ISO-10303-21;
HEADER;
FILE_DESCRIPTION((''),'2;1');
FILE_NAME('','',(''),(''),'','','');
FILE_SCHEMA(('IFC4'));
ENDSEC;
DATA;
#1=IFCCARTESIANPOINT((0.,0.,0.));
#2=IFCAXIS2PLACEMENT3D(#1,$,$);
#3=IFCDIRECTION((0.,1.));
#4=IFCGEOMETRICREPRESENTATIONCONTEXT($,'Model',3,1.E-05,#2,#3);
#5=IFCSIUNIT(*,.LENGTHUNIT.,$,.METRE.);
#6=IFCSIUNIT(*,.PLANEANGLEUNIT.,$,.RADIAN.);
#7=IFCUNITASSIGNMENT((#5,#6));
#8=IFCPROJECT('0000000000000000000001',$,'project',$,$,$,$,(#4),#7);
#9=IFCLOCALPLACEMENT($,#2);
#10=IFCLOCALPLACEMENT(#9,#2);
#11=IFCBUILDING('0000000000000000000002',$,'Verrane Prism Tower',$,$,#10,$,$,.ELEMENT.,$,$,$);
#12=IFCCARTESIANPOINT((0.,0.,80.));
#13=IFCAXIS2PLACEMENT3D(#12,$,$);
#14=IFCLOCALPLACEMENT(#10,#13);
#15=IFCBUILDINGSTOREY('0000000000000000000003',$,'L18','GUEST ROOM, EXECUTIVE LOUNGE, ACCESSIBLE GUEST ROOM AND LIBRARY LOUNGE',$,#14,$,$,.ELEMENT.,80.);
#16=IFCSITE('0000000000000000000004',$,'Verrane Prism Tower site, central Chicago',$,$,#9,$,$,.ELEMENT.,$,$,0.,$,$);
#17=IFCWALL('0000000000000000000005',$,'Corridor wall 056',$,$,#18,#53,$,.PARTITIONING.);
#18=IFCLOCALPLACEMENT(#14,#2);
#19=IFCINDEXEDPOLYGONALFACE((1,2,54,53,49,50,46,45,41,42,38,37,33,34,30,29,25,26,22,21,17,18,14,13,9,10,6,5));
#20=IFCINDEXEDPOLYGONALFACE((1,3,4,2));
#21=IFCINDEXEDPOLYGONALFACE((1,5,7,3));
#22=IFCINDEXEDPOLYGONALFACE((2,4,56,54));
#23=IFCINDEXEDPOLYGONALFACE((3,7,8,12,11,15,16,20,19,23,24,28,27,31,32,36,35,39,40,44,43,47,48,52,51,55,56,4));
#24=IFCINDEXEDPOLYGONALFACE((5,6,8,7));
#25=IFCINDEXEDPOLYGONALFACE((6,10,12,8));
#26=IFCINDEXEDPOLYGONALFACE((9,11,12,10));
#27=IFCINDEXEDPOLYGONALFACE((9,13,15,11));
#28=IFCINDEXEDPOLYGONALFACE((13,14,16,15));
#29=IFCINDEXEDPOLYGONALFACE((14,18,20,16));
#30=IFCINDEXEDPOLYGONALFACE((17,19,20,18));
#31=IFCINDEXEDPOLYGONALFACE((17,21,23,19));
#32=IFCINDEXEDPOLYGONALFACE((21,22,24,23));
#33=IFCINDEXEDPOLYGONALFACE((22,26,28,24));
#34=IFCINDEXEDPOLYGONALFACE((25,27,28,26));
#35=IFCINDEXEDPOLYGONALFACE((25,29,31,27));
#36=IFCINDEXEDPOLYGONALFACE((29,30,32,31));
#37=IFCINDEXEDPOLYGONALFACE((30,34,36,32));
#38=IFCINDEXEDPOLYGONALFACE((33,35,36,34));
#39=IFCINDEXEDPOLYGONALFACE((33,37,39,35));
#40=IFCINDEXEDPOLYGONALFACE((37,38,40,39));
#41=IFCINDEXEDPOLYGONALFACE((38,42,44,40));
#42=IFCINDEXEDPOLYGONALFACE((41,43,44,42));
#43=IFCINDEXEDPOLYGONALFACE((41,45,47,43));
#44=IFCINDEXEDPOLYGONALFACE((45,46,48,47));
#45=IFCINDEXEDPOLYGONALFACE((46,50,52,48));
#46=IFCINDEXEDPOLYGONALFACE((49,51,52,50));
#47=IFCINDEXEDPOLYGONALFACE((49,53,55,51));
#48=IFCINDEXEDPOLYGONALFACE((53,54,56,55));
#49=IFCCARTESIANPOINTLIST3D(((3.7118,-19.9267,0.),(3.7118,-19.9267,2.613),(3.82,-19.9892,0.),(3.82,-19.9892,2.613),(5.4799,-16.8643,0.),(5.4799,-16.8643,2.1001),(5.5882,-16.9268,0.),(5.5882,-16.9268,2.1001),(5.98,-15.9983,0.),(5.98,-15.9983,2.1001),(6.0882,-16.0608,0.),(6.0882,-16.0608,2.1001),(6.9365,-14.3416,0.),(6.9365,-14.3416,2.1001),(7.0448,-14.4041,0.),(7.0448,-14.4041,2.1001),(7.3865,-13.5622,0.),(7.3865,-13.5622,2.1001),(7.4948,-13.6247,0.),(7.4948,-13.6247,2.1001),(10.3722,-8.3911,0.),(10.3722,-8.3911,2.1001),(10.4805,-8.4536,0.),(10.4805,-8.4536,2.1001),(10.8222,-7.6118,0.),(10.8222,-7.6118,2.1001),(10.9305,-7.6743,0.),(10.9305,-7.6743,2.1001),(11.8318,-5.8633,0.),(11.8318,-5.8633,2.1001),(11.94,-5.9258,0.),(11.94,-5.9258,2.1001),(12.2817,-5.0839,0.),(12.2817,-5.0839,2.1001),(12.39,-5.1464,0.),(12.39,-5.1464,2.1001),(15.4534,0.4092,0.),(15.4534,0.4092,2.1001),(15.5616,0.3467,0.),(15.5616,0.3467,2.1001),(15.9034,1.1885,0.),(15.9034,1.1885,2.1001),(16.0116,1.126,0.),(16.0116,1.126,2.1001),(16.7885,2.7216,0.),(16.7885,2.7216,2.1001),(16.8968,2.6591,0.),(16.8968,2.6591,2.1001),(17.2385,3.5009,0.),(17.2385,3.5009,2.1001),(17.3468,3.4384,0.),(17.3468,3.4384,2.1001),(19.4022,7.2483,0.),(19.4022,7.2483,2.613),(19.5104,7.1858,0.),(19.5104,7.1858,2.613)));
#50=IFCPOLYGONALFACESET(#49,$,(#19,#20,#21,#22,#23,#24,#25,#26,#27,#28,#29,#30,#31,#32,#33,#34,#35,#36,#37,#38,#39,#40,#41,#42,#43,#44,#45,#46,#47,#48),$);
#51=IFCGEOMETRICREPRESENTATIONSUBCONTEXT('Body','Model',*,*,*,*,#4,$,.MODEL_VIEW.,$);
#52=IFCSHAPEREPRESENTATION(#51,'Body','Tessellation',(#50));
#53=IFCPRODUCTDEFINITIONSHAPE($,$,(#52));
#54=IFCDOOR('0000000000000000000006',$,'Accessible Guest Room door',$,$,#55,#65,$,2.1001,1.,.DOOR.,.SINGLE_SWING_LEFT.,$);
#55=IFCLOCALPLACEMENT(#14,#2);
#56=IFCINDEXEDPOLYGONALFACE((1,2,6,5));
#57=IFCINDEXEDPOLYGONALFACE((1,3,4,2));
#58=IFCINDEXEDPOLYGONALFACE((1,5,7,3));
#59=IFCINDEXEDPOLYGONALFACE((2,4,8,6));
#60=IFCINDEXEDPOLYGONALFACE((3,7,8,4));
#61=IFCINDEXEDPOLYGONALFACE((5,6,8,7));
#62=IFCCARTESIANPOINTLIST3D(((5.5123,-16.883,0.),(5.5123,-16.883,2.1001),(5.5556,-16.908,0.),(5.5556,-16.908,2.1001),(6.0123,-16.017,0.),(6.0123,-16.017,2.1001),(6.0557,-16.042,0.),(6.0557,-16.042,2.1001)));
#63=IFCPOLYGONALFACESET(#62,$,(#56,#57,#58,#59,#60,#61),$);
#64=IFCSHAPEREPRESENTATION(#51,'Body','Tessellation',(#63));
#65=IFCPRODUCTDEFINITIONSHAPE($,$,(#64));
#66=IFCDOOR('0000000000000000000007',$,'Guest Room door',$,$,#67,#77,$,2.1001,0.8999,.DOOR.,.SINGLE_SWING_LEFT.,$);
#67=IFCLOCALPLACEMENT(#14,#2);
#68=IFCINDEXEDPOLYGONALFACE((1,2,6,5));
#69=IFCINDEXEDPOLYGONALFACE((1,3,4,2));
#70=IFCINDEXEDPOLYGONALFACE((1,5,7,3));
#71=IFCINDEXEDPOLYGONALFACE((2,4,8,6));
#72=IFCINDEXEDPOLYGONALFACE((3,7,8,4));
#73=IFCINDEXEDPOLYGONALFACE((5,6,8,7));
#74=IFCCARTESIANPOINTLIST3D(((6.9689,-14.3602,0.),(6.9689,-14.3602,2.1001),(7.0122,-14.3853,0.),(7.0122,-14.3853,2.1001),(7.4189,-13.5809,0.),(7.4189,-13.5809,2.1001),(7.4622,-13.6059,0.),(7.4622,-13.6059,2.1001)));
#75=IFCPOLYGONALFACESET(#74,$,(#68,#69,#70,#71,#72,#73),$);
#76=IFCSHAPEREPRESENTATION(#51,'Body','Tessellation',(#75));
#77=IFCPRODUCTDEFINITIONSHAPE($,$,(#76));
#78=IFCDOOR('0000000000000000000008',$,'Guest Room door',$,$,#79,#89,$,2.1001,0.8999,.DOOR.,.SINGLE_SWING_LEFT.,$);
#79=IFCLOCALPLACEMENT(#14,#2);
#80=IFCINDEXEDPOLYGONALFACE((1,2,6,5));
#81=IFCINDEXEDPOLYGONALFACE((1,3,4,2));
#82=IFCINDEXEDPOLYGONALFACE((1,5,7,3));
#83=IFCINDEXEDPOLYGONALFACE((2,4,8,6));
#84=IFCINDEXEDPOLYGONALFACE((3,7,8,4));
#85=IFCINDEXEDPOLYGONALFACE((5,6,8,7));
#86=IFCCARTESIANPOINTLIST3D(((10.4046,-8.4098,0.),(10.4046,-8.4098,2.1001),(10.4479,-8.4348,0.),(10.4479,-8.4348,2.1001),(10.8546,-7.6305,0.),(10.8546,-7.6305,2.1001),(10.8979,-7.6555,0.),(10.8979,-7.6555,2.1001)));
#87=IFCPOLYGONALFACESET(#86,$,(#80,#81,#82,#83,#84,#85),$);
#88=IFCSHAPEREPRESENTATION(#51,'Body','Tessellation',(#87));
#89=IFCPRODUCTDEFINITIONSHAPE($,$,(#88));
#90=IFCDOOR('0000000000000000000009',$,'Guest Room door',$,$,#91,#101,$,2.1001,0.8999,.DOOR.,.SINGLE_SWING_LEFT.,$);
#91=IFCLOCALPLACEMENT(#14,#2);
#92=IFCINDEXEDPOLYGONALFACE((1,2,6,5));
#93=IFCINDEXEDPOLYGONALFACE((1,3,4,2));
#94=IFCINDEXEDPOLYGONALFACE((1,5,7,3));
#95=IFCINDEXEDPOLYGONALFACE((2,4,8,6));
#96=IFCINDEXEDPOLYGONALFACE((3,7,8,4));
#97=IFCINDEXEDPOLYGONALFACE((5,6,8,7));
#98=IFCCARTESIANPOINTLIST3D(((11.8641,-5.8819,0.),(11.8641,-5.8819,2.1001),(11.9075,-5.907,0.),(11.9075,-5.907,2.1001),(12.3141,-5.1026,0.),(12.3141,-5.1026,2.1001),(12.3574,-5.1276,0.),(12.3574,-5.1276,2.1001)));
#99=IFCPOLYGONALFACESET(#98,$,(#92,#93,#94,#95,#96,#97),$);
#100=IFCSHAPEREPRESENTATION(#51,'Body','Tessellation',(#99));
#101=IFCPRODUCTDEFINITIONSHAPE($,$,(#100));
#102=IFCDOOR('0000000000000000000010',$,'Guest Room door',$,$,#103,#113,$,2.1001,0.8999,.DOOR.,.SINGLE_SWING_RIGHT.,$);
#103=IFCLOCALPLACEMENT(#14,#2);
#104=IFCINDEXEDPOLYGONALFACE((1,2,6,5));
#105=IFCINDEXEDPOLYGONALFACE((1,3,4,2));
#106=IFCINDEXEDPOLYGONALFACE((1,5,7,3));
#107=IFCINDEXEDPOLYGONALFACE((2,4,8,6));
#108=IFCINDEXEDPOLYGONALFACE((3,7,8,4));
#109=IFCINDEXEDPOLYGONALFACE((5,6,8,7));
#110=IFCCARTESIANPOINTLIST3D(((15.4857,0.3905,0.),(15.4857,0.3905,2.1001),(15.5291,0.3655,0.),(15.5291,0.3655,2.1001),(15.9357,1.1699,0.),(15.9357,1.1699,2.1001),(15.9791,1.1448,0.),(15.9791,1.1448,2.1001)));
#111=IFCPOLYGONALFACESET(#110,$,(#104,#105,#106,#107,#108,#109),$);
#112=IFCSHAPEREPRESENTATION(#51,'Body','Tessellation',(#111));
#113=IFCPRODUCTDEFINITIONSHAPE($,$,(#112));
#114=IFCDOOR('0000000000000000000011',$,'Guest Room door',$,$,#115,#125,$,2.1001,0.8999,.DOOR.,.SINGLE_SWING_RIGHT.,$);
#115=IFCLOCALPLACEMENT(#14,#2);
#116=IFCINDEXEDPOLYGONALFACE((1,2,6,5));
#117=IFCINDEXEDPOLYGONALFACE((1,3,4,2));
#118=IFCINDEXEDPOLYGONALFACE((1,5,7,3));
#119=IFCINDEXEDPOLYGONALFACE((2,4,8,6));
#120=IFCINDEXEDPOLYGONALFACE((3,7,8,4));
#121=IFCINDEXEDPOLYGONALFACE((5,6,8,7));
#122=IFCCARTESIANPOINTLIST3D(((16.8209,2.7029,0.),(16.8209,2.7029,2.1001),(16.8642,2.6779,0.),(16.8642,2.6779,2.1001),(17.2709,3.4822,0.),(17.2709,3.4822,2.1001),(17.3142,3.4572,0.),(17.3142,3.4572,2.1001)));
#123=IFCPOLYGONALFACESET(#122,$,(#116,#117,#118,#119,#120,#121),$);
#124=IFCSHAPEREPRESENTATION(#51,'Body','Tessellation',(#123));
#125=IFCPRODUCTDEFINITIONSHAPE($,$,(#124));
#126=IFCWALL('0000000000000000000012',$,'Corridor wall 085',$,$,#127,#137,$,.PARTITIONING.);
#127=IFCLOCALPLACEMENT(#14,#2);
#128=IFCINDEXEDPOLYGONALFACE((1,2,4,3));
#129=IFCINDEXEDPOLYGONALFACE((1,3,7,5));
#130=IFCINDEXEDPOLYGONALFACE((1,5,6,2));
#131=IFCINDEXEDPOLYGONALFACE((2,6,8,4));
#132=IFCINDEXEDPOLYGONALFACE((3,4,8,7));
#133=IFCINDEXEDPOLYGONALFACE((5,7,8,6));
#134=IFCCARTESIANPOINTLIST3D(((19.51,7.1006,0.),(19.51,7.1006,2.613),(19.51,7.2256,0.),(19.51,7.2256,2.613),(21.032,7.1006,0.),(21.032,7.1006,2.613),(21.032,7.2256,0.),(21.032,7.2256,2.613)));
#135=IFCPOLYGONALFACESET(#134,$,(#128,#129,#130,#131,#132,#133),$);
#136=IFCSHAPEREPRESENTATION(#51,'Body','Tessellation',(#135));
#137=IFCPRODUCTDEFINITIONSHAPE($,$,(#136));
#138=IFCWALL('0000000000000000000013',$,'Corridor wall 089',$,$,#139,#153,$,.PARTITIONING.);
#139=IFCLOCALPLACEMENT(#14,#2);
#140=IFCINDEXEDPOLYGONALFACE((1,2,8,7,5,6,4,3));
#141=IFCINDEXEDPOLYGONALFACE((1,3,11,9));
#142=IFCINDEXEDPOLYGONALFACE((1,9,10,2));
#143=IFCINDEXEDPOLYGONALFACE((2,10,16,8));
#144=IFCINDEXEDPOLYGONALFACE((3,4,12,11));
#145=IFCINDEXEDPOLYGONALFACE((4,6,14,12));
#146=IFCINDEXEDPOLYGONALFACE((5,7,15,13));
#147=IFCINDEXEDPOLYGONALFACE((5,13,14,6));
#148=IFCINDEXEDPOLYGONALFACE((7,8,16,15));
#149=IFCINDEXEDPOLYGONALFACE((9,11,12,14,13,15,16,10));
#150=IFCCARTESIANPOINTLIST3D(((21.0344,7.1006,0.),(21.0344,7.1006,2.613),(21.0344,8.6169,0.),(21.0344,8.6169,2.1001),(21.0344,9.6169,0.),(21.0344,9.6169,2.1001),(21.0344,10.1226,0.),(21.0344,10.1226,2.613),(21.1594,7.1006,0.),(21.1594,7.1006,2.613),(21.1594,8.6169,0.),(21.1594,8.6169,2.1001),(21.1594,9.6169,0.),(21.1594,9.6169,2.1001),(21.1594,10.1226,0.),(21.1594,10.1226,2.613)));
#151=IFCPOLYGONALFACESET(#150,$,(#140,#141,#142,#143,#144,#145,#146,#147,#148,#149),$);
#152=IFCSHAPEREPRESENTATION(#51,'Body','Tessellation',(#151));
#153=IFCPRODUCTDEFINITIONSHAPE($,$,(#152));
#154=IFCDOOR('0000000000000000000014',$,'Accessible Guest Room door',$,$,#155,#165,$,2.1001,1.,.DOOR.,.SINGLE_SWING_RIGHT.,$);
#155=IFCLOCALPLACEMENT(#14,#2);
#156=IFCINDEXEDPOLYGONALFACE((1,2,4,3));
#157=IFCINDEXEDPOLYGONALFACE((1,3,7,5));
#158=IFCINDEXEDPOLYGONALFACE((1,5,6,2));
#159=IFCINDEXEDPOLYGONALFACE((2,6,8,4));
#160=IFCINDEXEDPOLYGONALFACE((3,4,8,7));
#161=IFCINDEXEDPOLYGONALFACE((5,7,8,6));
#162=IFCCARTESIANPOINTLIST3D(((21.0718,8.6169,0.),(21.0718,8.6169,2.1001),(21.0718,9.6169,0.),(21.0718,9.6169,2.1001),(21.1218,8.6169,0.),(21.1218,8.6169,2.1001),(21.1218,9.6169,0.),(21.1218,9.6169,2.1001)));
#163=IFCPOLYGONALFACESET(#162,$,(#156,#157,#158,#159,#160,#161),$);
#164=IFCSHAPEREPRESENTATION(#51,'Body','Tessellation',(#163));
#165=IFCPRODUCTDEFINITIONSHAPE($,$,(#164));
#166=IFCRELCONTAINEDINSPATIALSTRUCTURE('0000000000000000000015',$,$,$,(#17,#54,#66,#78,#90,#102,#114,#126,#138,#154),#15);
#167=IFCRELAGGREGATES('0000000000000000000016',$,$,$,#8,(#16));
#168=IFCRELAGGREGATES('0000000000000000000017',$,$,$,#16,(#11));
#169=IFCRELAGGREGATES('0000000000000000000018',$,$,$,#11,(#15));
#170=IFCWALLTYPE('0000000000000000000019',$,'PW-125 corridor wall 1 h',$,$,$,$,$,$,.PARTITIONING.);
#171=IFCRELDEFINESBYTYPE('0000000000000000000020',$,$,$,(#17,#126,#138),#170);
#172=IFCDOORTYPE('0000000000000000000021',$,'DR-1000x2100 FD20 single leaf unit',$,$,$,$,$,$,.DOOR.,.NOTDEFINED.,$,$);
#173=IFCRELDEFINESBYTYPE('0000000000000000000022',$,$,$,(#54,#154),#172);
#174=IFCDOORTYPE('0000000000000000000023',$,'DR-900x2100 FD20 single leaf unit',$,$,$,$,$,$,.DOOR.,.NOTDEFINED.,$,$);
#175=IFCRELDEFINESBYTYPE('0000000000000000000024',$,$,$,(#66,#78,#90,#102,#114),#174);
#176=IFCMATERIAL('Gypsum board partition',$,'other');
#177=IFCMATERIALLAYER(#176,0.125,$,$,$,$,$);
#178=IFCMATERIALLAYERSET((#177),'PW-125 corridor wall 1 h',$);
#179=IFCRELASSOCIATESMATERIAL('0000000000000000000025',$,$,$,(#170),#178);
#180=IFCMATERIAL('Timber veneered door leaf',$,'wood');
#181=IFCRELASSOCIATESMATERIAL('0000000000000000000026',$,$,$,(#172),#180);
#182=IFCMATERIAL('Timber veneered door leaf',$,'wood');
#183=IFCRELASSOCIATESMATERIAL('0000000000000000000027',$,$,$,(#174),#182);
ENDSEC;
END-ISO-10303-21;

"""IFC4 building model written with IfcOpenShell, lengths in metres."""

from ifc_helpers import new_model, si_unit, direction, frame, frame_2d, origin, place, context, subcontext, project, spatial, rectangle, extrude, material, layer, layer_set, type_object, element, fill, save


model = new_model("IFC4")

# Units and contexts
model_context = context("Model", 3, precision=1e-05, world=origin(), true_north=direction((0.0, 1.0)))
body_context = subcontext(model_context, "Body", "Model", "MODEL_VIEW")
ifc_project = project(units=[si_unit("LENGTHUNIT", "METRE"), si_unit("PLANEANGLEUNIT", "RADIAN")], contexts=[model_context])

# Site, building, storey
site_placement = place(None, origin())
site = spatial("IfcSite", under=ifc_project, at=site_placement, Name="Verrane Prism Tower site, central Chicago", CompositionType="ELEMENT", RefElevation=0.0)
building_placement = place(site_placement, origin())
building = spatial("IfcBuilding", under=site, at=building_placement, Name="Verrane Prism Tower", CompositionType="ELEMENT")
storey_placement = place(building_placement, frame((0.0, 0.0, 80.0)))
storey = spatial("IfcBuildingStorey", under=building, at=storey_placement, Name="L18", Description="GUEST ROOM, EXECUTIVE LOUNGE, ACCESSIBLE GUEST ROOM AND LIBRARY LOUNGE", CompositionType="ELEMENT", Elevation=80.0)

# Wall, openings, doors
ifc_material_1 = material(Name="Gypsum board partition", Category="other")
ifc_layer_1 = layer(ifc_material_1, 0.125)
ifc_layer_set_1 = layer_set([ifc_layer_1], Name="PW-125 corridor wall 1 h")
wall_type_1 = type_object("IfcWallType", Name="PW-125 corridor wall 1 h", PredefinedType="PARTITIONING", material=ifc_layer_set_1)
wall_1_placement = place(storey_placement, frame((19.4563, 7.217, 0.0), z_axis=(0.0, 0.0, 1.0), x_axis=(-0.500022, -0.866013, 0.0)))
wall_1 = element("IfcWall", 1, at=wall_1_placement, inside=storey, type_object=wall_type_1, Name="Corridor wall 056", PredefinedType="PARTITIONING", context=body_context, shape_type="SweptSolid", body=[
    extrude(rectangle(XDim=31.3794, YDim=0.125, at=frame_2d((15.6897, 0.0))), origin(), (0.0, 0.0, 1.0), 2.613),
])
opening_1_placement = place(wall_1_placement, frame((26.8433, 0.0, 0.0)))
opening_1 = element("IfcOpeningElement", 2, at=opening_1_placement, cuts=wall_1, PredefinedType="OPENING", context=body_context, shape_type="SweptSolid", body=[
    extrude(rectangle(XDim=1.0, YDim=2.1001, at=frame_2d((0.5, 1.05))), frame((0.0, 0.0725, 0.0), z_axis=(0.0, -1.0, 0.0), x_axis=(1.0, 0.0, 0.0)), (0.0, 0.0, 1.0), 0.145),
])
opening_2_placement = place(wall_1_placement, frame((24.0303, 0.0, 0.0)))
opening_2 = element("IfcOpeningElement", 3, at=opening_2_placement, cuts=wall_1, PredefinedType="OPENING", context=body_context, shape_type="SweptSolid", body=[
    extrude(rectangle(XDim=0.8999, YDim=2.1001, at=frame_2d((0.45, 1.05))), frame((0.0, 0.0725, 0.0), z_axis=(0.0, -1.0, 0.0), x_axis=(1.0, 0.0, 0.0)), (0.0, 0.0, 1.0), 0.145),
])
opening_3_placement = place(wall_1_placement, frame((17.1592, 0.0, 0.0)))
opening_3 = element("IfcOpeningElement", 4, at=opening_3_placement, cuts=wall_1, PredefinedType="OPENING", context=body_context, shape_type="SweptSolid", body=[
    extrude(rectangle(XDim=0.8999, YDim=2.1001, at=frame_2d((0.45, 1.05))), frame((0.0, 0.0725, 0.0), z_axis=(0.0, -1.0, 0.0), x_axis=(1.0, 0.0, 0.0)), (0.0, 0.0, 1.0), 0.145),
])
opening_4_placement = place(wall_1_placement, frame((14.2402, 0.0, 0.0)))
opening_4 = element("IfcOpeningElement", 5, at=opening_4_placement, cuts=wall_1, PredefinedType="OPENING", context=body_context, shape_type="SweptSolid", body=[
    extrude(rectangle(XDim=0.8999, YDim=2.1001, at=frame_2d((0.45, 1.05))), frame((0.0, 0.0725, 0.0), z_axis=(0.0, -1.0, 0.0), x_axis=(1.0, 0.0, 0.0)), (0.0, 0.0, 1.0), 0.145),
])
opening_5_placement = place(wall_1_placement, frame((6.9973, 0.0, 0.0)))
opening_5 = element("IfcOpeningElement", 6, at=opening_5_placement, cuts=wall_1, PredefinedType="OPENING", context=body_context, shape_type="SweptSolid", body=[
    extrude(rectangle(XDim=0.8999, YDim=2.1001, at=frame_2d((0.45, 1.05))), frame((0.0, 0.0725, 0.0), z_axis=(0.0, -1.0, 0.0), x_axis=(1.0, 0.0, 0.0)), (0.0, 0.0, 1.0), 0.145),
])
opening_6_placement = place(wall_1_placement, frame((4.3271, 0.0, 0.0)))
opening_6 = element("IfcOpeningElement", 7, at=opening_6_placement, cuts=wall_1, PredefinedType="OPENING", context=body_context, shape_type="SweptSolid", body=[
    extrude(rectangle(XDim=0.8999, YDim=2.1001, at=frame_2d((0.45, 1.05))), frame((0.0, 0.0725, 0.0), z_axis=(0.0, -1.0, 0.0), x_axis=(1.0, 0.0, 0.0)), (0.0, 0.0, 1.0), 0.145),
])
ifc_material_2 = material(Name="Timber veneered door leaf", Category="wood")
door_type_1 = type_object("IfcDoorType", Name="DR-1000x2100 FD20 single leaf unit", OperationType="NOTDEFINED", PredefinedType="DOOR", material=ifc_material_2)
door_1_placement = place(opening_1_placement, origin())
door_1 = element("IfcDoor", 8, at=door_1_placement, inside=storey, type_object=door_type_1, Name="Accessible Guest Room door", OperationType="SINGLE_SWING_LEFT", OverallHeight=2.1001, OverallWidth=1.0, PredefinedType="DOOR", context=body_context, shape_type="SweptSolid", body=[
    extrude(rectangle(XDim=1.0, YDim=2.1001, at=frame_2d((0.5, 1.05))), frame((0.0, 0.0249, 0.0), z_axis=(0.0, -1.0, 0.0), x_axis=(1.0, 0.0, 0.0)), (0.0, 0.0, 1.0), 0.05),
])
fill(opening_1, door_1)
ifc_material_3 = material(Name="Timber veneered door leaf", Category="wood")
door_type_2 = type_object("IfcDoorType", Name="DR-900x2100 FD20 single leaf unit", OperationType="NOTDEFINED", PredefinedType="DOOR", material=ifc_material_3)
door_2_placement = place(opening_2_placement, origin())
door_2 = element("IfcDoor", 9, at=door_2_placement, inside=storey, type_object=door_type_2, Name="Guest Room door", OperationType="SINGLE_SWING_LEFT", OverallHeight=2.1001, OverallWidth=0.8999, PredefinedType="DOOR", context=body_context, shape_type="SweptSolid", body=[
    extrude(rectangle(XDim=0.8999, YDim=2.1001, at=frame_2d((0.45, 1.05))), frame((0.0, 0.0249, 0.0), z_axis=(0.0, -1.0, 0.0), x_axis=(1.0, 0.0, 0.0)), (0.0, 0.0, 1.0), 0.05),
])
fill(opening_2, door_2)
door_3_placement = place(opening_3_placement, origin())
door_3 = element("IfcDoor", 10, at=door_3_placement, inside=storey, type_object=door_type_2, Name="Guest Room door", OperationType="SINGLE_SWING_LEFT", OverallHeight=2.1001, OverallWidth=0.8999, PredefinedType="DOOR", context=body_context, shape_type="SweptSolid", body=[
    extrude(rectangle(XDim=0.8999, YDim=2.1001, at=frame_2d((0.45, 1.05))), frame((0.0, 0.0249, 0.0), z_axis=(0.0, -1.0, 0.0), x_axis=(1.0, 0.0, 0.0)), (0.0, 0.0, 1.0), 0.05),
])
fill(opening_3, door_3)
door_4_placement = place(opening_4_placement, origin())
door_4 = element("IfcDoor", 11, at=door_4_placement, inside=storey, type_object=door_type_2, Name="Guest Room door", OperationType="SINGLE_SWING_LEFT", OverallHeight=2.1001, OverallWidth=0.8999, PredefinedType="DOOR", context=body_context, shape_type="SweptSolid", body=[
    extrude(rectangle(XDim=0.8999, YDim=2.1001, at=frame_2d((0.45, 1.05))), frame((0.0, 0.0249, 0.0), z_axis=(0.0, -1.0, 0.0), x_axis=(1.0, 0.0, 0.0)), (0.0, 0.0, 1.0), 0.05),
])
fill(opening_4, door_4)
door_5_placement = place(opening_5_placement, origin())
door_5 = element("IfcDoor", 12, at=door_5_placement, inside=storey, type_object=door_type_2, Name="Guest Room door", OperationType="SINGLE_SWING_RIGHT", OverallHeight=2.1001, OverallWidth=0.8999, PredefinedType="DOOR", context=body_context, shape_type="SweptSolid", body=[
    extrude(rectangle(XDim=0.8999, YDim=2.1001, at=frame_2d((0.45, 1.05))), frame((0.0, 0.0249, 0.0), z_axis=(0.0, -1.0, 0.0), x_axis=(1.0, 0.0, 0.0)), (0.0, 0.0, 1.0), 0.05),
])
fill(opening_5, door_5)
door_6_placement = place(opening_6_placement, origin())
door_6 = element("IfcDoor", 13, at=door_6_placement, inside=storey, type_object=door_type_2, Name="Guest Room door", OperationType="SINGLE_SWING_RIGHT", OverallHeight=2.1001, OverallWidth=0.8999, PredefinedType="DOOR", context=body_context, shape_type="SweptSolid", body=[
    extrude(rectangle(XDim=0.8999, YDim=2.1001, at=frame_2d((0.45, 1.05))), frame((0.0, 0.0249, 0.0), z_axis=(0.0, -1.0, 0.0), x_axis=(1.0, 0.0, 0.0)), (0.0, 0.0, 1.0), 0.05),
])
fill(opening_6, door_6)

# Wall
wall_2_placement = place(storey_placement, frame((19.51, 7.1631, 0.0), z_axis=(0.0, 0.0, 1.0), x_axis=(1.0, 0.0, 0.0)))
element("IfcWall", 14, at=wall_2_placement, inside=storey, type_object=wall_type_1, Name="Corridor wall 085", PredefinedType="PARTITIONING", context=body_context, shape_type="SweptSolid", body=[
    extrude(rectangle(XDim=1.522, YDim=0.125, at=frame_2d((0.761, 0.0))), origin(), (0.0, 0.0, 1.0), 2.613),
])

# Wall, opening, door
wall_3_placement = place(storey_placement, frame((21.0969, 10.1226, 0.0), z_axis=(0.0, 0.0, 1.0), x_axis=(0.0, -1.0, 0.0)))
wall_3 = element("IfcWall", 15, at=wall_3_placement, inside=storey, type_object=wall_type_1, Name="Corridor wall 089", PredefinedType="PARTITIONING", context=body_context, shape_type="SweptSolid", body=[
    extrude(rectangle(XDim=3.022, YDim=0.125, at=frame_2d((1.511, 0.0))), origin(), (0.0, 0.0, 1.0), 2.613),
])
opening_7_placement = place(wall_3_placement, frame((0.5056, 0.0, 0.0)))
opening_7 = element("IfcOpeningElement", 16, at=opening_7_placement, cuts=wall_3, PredefinedType="OPENING", context=body_context, shape_type="SweptSolid", body=[
    extrude(rectangle(XDim=1.0, YDim=2.1001, at=frame_2d((0.5, 1.05))), frame((0.0, 0.0725, 0.0), z_axis=(0.0, -1.0, 0.0), x_axis=(1.0, 0.0, 0.0)), (0.0, 0.0, 1.0), 0.145),
])
door_7_placement = place(opening_7_placement, origin())
door_7 = element("IfcDoor", 17, at=door_7_placement, inside=storey, type_object=door_type_1, Name="Accessible Guest Room door", OperationType="SINGLE_SWING_RIGHT", OverallHeight=2.1001, OverallWidth=1.0, PredefinedType="DOOR", context=body_context, shape_type="SweptSolid", body=[
    extrude(rectangle(XDim=1.0, YDim=2.1001, at=frame_2d((0.5, 1.05))), frame((0.0, 0.0249, 0.0), z_axis=(0.0, -1.0, 0.0), x_axis=(1.0, 0.0, 0.0)), (0.0, 0.0, 1.0), 0.05),
])
fill(opening_7, door_7)

save(model, "model.ifc")
